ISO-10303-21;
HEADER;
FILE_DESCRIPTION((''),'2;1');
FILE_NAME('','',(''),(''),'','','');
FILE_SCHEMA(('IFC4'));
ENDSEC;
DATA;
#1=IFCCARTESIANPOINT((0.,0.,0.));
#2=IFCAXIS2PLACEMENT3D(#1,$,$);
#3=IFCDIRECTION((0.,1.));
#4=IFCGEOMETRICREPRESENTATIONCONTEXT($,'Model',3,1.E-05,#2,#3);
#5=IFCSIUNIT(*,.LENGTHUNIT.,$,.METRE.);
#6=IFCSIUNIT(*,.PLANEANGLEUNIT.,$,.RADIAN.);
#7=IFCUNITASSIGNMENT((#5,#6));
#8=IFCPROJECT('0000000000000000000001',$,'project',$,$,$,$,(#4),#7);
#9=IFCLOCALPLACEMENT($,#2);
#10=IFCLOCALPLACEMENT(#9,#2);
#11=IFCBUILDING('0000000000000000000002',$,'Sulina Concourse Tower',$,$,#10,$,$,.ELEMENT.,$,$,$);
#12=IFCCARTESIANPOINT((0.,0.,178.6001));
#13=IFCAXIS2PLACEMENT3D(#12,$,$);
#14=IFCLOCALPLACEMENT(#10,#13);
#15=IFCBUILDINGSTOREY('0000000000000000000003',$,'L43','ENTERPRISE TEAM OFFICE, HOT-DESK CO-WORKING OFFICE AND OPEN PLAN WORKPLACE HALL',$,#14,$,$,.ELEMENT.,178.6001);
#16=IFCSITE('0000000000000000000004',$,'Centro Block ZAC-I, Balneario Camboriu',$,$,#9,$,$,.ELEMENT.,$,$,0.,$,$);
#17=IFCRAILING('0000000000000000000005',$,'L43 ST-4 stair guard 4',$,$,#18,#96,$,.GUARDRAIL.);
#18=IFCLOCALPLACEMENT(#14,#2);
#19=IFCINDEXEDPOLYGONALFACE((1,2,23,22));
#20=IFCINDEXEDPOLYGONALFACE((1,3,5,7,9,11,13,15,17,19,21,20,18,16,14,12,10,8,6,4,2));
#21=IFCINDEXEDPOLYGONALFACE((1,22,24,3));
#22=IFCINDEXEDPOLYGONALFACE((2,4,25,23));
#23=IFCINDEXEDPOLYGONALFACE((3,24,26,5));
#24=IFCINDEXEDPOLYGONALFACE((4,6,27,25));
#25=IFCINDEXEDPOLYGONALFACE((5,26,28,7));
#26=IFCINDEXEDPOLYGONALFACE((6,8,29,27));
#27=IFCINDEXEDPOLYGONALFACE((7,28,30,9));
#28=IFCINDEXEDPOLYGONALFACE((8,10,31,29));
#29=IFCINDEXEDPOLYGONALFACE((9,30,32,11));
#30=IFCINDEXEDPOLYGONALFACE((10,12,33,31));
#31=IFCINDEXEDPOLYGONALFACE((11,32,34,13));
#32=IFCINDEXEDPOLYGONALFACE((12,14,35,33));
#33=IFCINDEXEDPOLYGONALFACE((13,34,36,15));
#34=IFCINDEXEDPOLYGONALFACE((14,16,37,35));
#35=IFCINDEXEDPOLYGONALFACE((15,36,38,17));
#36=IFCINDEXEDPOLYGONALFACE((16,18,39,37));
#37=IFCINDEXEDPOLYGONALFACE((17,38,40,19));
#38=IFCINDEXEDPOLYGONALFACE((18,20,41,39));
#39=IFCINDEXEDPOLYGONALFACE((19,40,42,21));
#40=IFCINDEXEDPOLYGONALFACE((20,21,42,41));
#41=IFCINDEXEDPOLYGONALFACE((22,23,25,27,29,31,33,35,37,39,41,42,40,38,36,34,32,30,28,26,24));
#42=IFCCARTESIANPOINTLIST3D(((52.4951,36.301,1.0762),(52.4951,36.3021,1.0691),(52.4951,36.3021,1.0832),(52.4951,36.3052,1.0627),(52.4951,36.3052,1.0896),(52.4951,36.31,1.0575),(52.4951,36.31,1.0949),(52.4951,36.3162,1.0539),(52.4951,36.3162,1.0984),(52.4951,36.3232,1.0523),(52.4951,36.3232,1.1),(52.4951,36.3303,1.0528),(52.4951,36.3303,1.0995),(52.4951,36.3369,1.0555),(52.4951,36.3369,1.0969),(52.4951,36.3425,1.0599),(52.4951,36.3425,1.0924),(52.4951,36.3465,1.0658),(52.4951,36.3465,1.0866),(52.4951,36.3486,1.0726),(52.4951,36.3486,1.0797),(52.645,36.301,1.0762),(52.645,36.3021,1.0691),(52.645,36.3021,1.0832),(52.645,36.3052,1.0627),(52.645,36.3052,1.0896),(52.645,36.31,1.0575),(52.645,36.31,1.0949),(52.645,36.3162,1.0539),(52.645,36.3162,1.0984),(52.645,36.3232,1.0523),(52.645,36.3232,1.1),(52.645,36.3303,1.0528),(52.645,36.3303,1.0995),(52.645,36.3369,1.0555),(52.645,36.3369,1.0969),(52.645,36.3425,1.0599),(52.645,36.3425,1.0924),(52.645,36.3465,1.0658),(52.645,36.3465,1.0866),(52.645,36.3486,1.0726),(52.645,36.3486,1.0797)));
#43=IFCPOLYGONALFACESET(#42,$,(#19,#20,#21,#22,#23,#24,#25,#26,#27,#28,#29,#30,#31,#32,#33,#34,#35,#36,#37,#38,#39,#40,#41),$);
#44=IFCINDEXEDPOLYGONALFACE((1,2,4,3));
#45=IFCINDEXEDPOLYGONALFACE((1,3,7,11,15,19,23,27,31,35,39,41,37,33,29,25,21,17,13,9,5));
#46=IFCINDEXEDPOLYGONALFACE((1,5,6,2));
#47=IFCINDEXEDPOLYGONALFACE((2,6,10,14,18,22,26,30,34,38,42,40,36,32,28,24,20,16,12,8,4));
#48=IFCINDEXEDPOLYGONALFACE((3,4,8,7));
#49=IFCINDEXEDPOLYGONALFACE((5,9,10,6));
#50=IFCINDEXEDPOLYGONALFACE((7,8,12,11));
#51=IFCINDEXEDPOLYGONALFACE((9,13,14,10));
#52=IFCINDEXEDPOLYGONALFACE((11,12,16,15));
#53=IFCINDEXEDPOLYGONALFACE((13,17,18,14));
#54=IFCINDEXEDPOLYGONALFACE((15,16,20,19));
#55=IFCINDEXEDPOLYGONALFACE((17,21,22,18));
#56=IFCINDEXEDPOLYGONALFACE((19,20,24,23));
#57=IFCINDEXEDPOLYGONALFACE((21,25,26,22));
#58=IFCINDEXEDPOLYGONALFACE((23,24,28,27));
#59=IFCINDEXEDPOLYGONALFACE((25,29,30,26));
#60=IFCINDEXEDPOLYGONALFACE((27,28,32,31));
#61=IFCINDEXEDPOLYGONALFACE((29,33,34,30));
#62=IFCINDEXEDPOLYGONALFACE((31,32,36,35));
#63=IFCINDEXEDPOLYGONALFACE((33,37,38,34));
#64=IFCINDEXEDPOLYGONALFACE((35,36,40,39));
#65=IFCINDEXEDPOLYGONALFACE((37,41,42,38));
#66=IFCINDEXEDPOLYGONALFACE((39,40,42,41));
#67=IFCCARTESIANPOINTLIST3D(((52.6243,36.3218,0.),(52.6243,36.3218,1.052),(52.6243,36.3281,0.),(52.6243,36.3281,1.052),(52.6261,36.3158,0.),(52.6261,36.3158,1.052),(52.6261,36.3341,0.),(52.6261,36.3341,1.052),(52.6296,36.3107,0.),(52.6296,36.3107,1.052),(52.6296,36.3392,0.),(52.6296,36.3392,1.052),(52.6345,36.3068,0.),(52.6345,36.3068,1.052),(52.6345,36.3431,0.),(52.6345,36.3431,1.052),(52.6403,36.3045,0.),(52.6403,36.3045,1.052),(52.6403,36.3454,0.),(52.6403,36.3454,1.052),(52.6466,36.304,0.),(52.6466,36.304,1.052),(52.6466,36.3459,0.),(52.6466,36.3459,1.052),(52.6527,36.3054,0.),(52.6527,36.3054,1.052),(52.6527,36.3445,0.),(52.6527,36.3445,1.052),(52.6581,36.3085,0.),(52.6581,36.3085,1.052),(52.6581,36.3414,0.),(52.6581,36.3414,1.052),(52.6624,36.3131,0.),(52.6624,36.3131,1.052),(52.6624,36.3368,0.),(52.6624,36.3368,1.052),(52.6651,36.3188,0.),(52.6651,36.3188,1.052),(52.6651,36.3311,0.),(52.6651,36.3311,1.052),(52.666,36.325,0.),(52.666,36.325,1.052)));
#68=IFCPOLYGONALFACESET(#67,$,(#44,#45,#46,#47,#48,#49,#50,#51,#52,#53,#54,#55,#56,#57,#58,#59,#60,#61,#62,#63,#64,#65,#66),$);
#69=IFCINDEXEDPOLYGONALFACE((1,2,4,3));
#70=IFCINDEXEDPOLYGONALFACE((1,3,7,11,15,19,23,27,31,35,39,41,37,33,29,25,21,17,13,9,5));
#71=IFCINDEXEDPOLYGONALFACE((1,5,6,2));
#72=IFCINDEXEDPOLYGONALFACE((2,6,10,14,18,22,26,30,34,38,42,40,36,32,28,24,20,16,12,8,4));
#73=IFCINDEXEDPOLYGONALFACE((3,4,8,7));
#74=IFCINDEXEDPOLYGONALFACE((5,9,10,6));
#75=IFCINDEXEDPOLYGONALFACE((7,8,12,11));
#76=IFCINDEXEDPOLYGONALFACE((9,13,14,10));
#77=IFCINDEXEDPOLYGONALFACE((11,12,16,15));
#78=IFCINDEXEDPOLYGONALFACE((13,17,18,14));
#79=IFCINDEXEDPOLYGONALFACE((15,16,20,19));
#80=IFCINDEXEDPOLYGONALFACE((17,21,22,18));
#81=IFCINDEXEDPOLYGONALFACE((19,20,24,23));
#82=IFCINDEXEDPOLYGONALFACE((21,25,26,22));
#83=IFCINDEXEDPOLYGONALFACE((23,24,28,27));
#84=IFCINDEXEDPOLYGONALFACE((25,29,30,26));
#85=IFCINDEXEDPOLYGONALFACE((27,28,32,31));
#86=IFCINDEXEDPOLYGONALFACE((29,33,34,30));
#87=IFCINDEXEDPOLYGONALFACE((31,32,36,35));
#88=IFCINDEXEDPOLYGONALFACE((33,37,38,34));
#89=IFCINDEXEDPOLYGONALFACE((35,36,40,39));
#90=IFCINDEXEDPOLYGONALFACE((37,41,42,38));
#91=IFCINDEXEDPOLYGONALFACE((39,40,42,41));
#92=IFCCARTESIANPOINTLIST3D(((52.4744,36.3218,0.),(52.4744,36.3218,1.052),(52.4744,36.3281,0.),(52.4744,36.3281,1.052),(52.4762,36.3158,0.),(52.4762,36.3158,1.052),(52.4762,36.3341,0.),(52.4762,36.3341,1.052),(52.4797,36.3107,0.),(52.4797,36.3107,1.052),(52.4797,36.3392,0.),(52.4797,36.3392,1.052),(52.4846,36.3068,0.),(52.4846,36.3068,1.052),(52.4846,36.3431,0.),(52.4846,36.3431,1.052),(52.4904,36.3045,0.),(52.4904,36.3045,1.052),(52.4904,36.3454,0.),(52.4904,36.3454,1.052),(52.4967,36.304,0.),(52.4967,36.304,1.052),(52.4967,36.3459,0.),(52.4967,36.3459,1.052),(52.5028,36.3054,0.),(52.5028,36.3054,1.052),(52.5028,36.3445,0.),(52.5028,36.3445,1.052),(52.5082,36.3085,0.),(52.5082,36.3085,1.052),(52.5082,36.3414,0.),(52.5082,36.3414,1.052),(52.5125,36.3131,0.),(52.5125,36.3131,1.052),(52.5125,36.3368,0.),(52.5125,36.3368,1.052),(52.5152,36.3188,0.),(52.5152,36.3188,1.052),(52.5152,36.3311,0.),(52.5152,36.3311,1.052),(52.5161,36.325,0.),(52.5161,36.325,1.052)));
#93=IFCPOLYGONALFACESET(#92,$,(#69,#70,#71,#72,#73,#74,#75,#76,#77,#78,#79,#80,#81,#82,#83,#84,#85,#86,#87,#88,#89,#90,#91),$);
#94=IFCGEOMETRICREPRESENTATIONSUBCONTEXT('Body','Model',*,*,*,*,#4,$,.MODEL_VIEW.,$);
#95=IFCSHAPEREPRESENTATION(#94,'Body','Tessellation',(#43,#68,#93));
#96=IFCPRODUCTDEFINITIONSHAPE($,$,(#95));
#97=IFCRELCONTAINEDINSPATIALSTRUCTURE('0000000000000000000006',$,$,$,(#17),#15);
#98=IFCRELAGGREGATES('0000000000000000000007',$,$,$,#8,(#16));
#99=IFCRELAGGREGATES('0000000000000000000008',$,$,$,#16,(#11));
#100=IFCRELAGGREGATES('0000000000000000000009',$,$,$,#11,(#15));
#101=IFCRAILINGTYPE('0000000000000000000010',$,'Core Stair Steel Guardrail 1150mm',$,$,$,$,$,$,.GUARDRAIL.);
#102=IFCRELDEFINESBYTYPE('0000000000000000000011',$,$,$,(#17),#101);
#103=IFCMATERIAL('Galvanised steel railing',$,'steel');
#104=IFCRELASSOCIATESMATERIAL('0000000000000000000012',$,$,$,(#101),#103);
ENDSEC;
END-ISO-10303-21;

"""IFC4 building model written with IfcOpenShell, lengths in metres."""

from ifc_helpers import new_model, si_unit, direction, frame, origin, origin_2d, place, context, subcontext, project, spatial, circle, extrude, material, type_object, element, save


model = new_model("IFC4")

# Units and contexts
model_context = context("Model", 3, precision=1e-05, world=origin(), true_north=direction((0.0, 1.0)))
body_context = subcontext(model_context, "Body", "Model", "MODEL_VIEW")
ifc_project = project(units=[si_unit("LENGTHUNIT", "METRE"), si_unit("PLANEANGLEUNIT", "RADIAN")], contexts=[model_context])

# Site, building, storey
site_placement = place(None, origin())
site = spatial("IfcSite", under=ifc_project, at=site_placement, Name="Centro Block ZAC-I, Balneario Camboriu", CompositionType="ELEMENT", RefElevation=0.0)
building_placement = place(site_placement, origin())
building = spatial("IfcBuilding", under=site, at=building_placement, Name="Sulina Concourse Tower", CompositionType="ELEMENT")
storey_placement = place(building_placement, frame((0.0, 0.0, 178.6001)))
storey = spatial("IfcBuildingStorey", under=building, at=storey_placement, Name="L43", Description="ENTERPRISE TEAM OFFICE, HOT-DESK CO-WORKING OFFICE AND OPEN PLAN WORKPLACE HALL", CompositionType="ELEMENT", Elevation=178.6001)

# Railing
ifc_material_1 = material(Name="Galvanised steel railing", Category="steel")
railing_type_1 = type_object("IfcRailingType", Name="Core Stair Steel Guardrail 1150mm", PredefinedType="GUARDRAIL", material=ifc_material_1)
railing_1_placement = place(storey_placement, frame((52.645, 36.325, 0.0)))
element("IfcRailing", 1, at=railing_1_placement, inside=storey, type_object=railing_type_1, Name="L43 ST-4 stair guard 4", PredefinedType="GUARDRAIL", context=body_context, shape_type="SweptSolid", body=[
    extrude(circle(Radius=0.0239, at=origin_2d()), frame((0.0, 0.0, 1.0762), z_axis=(-1.0, 0.0, 0.0), x_axis=(0.0, -1.0, 0.0)), (0.0, 0.0, 1.0), 0.1499),
    extrude(circle(Radius=0.021, at=origin_2d()), origin(), (0.0, 0.0, 1.0), 1.052),
    extrude(circle(Radius=0.021, at=origin_2d()), frame((-0.1499, 0.0, 0.0)), (0.0, 0.0, 1.0), 1.052),
])

save(model, "model.ifc")
